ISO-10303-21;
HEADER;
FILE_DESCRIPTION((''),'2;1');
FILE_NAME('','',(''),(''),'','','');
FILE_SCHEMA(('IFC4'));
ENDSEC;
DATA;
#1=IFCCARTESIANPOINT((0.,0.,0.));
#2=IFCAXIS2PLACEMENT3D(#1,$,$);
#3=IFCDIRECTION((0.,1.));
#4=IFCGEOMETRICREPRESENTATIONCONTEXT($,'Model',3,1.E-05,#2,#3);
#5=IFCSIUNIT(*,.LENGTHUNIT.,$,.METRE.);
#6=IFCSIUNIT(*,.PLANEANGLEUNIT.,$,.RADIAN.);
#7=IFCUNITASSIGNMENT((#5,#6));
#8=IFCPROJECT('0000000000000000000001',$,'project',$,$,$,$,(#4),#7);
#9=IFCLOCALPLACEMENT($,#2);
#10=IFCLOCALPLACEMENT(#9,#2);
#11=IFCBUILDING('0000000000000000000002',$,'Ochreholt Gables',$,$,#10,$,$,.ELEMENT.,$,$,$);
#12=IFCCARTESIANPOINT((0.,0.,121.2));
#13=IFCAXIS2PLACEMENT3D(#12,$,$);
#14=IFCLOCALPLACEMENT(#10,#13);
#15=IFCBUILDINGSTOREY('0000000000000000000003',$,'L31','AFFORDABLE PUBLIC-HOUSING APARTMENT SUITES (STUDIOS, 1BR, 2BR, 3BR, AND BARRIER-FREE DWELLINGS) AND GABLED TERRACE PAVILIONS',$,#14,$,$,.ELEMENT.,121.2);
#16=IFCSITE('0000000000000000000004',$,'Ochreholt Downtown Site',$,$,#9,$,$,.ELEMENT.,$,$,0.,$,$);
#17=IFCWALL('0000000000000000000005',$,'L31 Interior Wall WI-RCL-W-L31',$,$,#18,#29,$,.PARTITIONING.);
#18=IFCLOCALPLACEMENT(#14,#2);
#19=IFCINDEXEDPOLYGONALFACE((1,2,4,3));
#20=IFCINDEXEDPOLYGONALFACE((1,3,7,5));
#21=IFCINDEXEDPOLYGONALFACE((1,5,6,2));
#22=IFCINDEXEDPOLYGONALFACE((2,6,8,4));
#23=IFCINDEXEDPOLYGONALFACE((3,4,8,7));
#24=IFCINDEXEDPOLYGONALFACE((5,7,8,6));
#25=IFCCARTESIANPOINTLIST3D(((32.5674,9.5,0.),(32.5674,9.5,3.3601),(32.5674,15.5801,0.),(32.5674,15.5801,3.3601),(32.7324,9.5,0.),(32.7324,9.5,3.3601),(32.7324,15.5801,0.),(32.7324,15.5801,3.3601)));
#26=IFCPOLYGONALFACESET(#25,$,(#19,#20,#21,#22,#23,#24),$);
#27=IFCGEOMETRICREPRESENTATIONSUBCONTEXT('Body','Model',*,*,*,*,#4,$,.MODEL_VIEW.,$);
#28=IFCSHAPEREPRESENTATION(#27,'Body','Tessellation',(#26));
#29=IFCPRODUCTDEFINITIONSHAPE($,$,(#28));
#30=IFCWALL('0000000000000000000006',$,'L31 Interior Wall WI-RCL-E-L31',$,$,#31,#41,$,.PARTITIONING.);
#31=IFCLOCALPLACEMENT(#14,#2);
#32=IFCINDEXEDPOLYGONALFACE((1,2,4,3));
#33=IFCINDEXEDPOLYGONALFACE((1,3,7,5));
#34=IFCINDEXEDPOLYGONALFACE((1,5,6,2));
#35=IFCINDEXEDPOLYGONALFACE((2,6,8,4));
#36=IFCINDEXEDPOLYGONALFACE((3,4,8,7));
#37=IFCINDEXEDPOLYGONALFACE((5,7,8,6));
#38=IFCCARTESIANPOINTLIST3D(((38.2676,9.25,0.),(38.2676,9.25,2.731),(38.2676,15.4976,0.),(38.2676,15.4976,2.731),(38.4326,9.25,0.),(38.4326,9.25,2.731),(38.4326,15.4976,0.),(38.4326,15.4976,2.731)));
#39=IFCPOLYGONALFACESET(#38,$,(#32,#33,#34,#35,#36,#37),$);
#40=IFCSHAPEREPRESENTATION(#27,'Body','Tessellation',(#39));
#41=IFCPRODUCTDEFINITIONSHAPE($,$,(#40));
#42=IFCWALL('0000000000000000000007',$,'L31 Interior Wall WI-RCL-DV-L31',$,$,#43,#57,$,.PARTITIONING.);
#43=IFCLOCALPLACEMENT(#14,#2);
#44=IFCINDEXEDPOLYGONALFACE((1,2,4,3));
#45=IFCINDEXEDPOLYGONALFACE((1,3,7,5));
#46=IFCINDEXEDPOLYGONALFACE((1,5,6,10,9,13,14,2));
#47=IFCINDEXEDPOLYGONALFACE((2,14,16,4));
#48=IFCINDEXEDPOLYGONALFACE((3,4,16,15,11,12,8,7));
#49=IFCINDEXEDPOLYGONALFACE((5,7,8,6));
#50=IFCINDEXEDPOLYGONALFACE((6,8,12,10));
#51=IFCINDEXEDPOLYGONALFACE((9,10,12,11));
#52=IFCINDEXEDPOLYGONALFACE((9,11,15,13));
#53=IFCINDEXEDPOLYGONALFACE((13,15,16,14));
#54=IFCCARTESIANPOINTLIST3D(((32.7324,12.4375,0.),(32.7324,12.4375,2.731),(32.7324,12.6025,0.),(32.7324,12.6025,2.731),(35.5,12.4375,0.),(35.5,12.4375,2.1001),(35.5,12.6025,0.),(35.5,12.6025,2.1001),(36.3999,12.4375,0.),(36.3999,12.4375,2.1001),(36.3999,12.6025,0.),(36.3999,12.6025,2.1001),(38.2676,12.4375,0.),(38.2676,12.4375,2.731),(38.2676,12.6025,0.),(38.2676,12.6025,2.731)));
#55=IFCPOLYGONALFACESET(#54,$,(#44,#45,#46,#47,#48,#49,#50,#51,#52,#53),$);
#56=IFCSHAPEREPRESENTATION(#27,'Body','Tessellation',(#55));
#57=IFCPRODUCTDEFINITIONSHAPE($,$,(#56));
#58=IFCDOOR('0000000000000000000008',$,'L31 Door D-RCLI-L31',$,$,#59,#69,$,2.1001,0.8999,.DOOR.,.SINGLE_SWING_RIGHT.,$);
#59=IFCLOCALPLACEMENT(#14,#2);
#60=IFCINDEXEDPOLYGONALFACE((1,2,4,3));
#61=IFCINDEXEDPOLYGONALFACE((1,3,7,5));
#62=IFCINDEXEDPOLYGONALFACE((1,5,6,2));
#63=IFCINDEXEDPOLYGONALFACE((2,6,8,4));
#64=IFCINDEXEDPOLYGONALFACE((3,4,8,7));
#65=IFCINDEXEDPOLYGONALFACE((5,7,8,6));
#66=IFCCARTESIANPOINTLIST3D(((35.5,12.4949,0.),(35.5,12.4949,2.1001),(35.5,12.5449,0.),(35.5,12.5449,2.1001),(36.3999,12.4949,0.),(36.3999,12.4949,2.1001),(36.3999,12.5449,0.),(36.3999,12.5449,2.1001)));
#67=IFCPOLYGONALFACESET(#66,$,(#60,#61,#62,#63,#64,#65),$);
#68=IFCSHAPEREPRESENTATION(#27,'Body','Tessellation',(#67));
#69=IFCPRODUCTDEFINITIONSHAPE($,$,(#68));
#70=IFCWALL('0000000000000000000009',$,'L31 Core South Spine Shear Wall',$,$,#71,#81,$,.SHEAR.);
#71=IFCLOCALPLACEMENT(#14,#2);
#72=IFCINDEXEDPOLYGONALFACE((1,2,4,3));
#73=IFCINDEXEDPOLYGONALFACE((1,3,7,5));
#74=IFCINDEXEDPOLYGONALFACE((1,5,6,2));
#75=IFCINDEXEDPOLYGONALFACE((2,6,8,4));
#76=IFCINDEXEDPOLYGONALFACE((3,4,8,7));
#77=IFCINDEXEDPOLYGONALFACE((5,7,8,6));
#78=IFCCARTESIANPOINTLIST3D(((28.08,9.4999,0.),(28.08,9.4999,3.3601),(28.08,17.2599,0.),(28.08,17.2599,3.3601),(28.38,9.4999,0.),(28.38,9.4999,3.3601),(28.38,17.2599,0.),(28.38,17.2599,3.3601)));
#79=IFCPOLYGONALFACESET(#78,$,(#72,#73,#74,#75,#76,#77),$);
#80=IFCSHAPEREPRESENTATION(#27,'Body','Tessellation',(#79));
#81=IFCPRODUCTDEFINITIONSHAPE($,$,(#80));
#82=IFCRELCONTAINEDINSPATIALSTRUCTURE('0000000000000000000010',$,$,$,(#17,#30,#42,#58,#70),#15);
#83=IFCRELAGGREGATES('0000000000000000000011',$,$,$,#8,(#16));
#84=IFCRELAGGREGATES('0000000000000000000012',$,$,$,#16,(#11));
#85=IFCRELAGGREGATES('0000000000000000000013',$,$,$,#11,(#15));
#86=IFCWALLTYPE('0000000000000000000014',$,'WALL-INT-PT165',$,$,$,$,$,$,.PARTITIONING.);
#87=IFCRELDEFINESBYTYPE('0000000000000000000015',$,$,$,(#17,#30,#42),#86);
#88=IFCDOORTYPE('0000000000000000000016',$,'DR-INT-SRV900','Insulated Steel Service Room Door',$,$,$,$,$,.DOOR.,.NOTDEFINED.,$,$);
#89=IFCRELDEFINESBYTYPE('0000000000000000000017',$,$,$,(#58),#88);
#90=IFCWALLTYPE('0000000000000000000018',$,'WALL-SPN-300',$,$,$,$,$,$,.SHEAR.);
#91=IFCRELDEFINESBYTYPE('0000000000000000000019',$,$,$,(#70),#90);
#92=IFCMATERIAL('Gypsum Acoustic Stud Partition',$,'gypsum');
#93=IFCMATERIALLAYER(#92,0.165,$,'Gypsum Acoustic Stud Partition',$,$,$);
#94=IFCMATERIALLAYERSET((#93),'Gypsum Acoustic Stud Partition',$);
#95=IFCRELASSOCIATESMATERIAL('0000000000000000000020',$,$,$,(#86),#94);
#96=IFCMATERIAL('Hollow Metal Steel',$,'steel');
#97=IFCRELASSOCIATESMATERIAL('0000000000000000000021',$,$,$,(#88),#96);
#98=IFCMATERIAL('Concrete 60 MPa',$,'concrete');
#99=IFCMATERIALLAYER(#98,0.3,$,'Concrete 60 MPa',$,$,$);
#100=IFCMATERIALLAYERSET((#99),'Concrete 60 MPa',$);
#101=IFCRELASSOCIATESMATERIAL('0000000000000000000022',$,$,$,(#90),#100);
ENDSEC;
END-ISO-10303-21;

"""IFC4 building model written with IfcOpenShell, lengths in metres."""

from ifc_helpers import new_model, si_unit, direction, frame, frame_2d, origin, place, context, subcontext, project, spatial, rectangle, extrude, material, layer, layer_set, type_object, element, fill, save


model = new_model("IFC4")

# Units and contexts
model_context = context("Model", 3, precision=1e-05, world=origin(), true_north=direction((0.0, 1.0)))
body_context = subcontext(model_context, "Body", "Model", "MODEL_VIEW")
ifc_project = project(units=[si_unit("LENGTHUNIT", "METRE"), si_unit("PLANEANGLEUNIT", "RADIAN")], contexts=[model_context])

# Site, building, storey
site_placement = place(None, origin())
site = spatial("IfcSite", under=ifc_project, at=site_placement, Name="Ochreholt Downtown Site", CompositionType="ELEMENT", RefElevation=0.0)
building_placement = place(site_placement, origin())
building = spatial("IfcBuilding", under=site, at=building_placement, Name="Ochreholt Gables", CompositionType="ELEMENT")
storey_placement = place(building_placement, frame((0.0, 0.0, 121.2)))
storey = spatial("IfcBuildingStorey", under=building, at=storey_placement, Name="L31", Description="AFFORDABLE PUBLIC-HOUSING APARTMENT SUITES (STUDIOS, 1BR, 2BR, 3BR, AND BARRIER-FREE DWELLINGS) AND GABLED TERRACE PAVILIONS", CompositionType="ELEMENT", Elevation=121.2)

# Shared definitions
ifc_material_1 = material(Name="Concrete 60 MPa", Category="concrete")

# Walls
ifc_material_2 = material(Name="Gypsum Acoustic Stud Partition", Category="gypsum")
ifc_layer_1 = layer(ifc_material_2, 0.165, Name="Gypsum Acoustic Stud Partition")
ifc_layer_set_1 = layer_set([ifc_layer_1], Name="Gypsum Acoustic Stud Partition")
wall_type_1 = type_object("IfcWallType", Name="WALL-INT-PT165", PredefinedType="PARTITIONING", material=ifc_layer_set_1)
wall_1_placement = place(storey_placement, frame((32.6499, 9.5, 0.0), z_axis=(0.0, 0.0, 1.0), x_axis=(0.0, 1.0, 0.0)))
element("IfcWall", 1, at=wall_1_placement, inside=storey, type_object=wall_type_1, Name="L31 Interior Wall WI-RCL-W-L31", PredefinedType="PARTITIONING", context=body_context, shape_type="SweptSolid", body=[
    extrude(rectangle(XDim=6.0801, YDim=0.165, at=frame_2d((3.04, 0.0))), origin(), (0.0, 0.0, 1.0), 3.3601),
])
wall_2_placement = place(storey_placement, frame((38.3501, 9.25, 0.0), z_axis=(0.0, 0.0, 1.0), x_axis=(0.0, 1.0, 0.0)))
element("IfcWall", 2, at=wall_2_placement, inside=storey, type_object=wall_type_1, Name="L31 Interior Wall WI-RCL-E-L31", PredefinedType="PARTITIONING", context=body_context, shape_type="SweptSolid", body=[
    extrude(rectangle(XDim=6.2476, YDim=0.165, at=frame_2d((3.1238, 0.0))), origin(), (0.0, 0.0, 1.0), 2.731),
])

# Wall, opening, door
wall_3_placement = place(storey_placement, frame((32.7324, 12.52, 0.0), z_axis=(0.0, 0.0, 1.0), x_axis=(1.0, 0.0, 0.0)))
wall_3 = element("IfcWall", 3, at=wall_3_placement, inside=storey, type_object=wall_type_1, Name="L31 Interior Wall WI-RCL-DV-L31", PredefinedType="PARTITIONING", context=body_context, shape_type="SweptSolid", body=[
    extrude(rectangle(XDim=5.5352, YDim=0.165, at=frame_2d((2.7676, 0.0))), origin(), (0.0, 0.0, 1.0), 2.731),
])
opening_1_placement = place(wall_3_placement, frame((2.7676, 0.0, 0.0)))
opening_1 = element("IfcOpeningElement", 4, at=opening_1_placement, cuts=wall_3, PredefinedType="OPENING", context=body_context, shape_type="SweptSolid", body=[
    extrude(rectangle(XDim=0.8999, YDim=2.1001, at=frame_2d((0.45, 1.05))), frame((0.0, 0.0925, 0.0), z_axis=(0.0, -1.0, 0.0), x_axis=(1.0, 0.0, 0.0)), (0.0, 0.0, 1.0), 0.1851),
])
ifc_material_3 = material(Name="Hollow Metal Steel", Category="steel")
door_type_1 = type_object("IfcDoorType", Name="DR-INT-SRV900", Description="Insulated Steel Service Room Door", OperationType="NOTDEFINED", PredefinedType="DOOR", material=ifc_material_3)
door_1_placement = place(opening_1_placement, origin())
door_1 = element("IfcDoor", 5, at=door_1_placement, inside=storey, type_object=door_type_1, Name="L31 Door D-RCLI-L31", OperationType="SINGLE_SWING_RIGHT", OverallHeight=2.1001, OverallWidth=0.8999, PredefinedType="DOOR", context=body_context, shape_type="SweptSolid", body=[
    extrude(rectangle(XDim=0.8999, YDim=2.1001, at=frame_2d((0.45, 1.05))), frame((0.0, 0.0249, 0.0), z_axis=(0.0, -1.0, 0.0), x_axis=(1.0, 0.0, 0.0)), (0.0, 0.0, 1.0), 0.05),
])
fill(opening_1, door_1)

# Wall
ifc_layer_2 = layer(ifc_material_1, 0.3, Name="Concrete 60 MPa")
ifc_layer_set_2 = layer_set([ifc_layer_2], Name="Concrete 60 MPa")
wall_type_2 = type_object("IfcWallType", Name="WALL-SPN-300", PredefinedType="SHEAR", material=ifc_layer_set_2)
wall_4_placement = place(storey_placement, frame((28.23, 9.5, 0.0), z_axis=(0.0, 0.0, 1.0), x_axis=(0.0, 1.0, 0.0)))
element("IfcWall", 6, at=wall_4_placement, inside=storey, type_object=wall_type_2, Name="L31 Core South Spine Shear Wall", PredefinedType="SHEAR", context=body_context, shape_type="SweptSolid", body=[
    extrude(rectangle(XDim=7.76, YDim=0.3, at=frame_2d((3.8799, 0.0))), origin(), (0.0, 0.0, 1.0), 3.3601),
])

save(model, "model.ifc")
